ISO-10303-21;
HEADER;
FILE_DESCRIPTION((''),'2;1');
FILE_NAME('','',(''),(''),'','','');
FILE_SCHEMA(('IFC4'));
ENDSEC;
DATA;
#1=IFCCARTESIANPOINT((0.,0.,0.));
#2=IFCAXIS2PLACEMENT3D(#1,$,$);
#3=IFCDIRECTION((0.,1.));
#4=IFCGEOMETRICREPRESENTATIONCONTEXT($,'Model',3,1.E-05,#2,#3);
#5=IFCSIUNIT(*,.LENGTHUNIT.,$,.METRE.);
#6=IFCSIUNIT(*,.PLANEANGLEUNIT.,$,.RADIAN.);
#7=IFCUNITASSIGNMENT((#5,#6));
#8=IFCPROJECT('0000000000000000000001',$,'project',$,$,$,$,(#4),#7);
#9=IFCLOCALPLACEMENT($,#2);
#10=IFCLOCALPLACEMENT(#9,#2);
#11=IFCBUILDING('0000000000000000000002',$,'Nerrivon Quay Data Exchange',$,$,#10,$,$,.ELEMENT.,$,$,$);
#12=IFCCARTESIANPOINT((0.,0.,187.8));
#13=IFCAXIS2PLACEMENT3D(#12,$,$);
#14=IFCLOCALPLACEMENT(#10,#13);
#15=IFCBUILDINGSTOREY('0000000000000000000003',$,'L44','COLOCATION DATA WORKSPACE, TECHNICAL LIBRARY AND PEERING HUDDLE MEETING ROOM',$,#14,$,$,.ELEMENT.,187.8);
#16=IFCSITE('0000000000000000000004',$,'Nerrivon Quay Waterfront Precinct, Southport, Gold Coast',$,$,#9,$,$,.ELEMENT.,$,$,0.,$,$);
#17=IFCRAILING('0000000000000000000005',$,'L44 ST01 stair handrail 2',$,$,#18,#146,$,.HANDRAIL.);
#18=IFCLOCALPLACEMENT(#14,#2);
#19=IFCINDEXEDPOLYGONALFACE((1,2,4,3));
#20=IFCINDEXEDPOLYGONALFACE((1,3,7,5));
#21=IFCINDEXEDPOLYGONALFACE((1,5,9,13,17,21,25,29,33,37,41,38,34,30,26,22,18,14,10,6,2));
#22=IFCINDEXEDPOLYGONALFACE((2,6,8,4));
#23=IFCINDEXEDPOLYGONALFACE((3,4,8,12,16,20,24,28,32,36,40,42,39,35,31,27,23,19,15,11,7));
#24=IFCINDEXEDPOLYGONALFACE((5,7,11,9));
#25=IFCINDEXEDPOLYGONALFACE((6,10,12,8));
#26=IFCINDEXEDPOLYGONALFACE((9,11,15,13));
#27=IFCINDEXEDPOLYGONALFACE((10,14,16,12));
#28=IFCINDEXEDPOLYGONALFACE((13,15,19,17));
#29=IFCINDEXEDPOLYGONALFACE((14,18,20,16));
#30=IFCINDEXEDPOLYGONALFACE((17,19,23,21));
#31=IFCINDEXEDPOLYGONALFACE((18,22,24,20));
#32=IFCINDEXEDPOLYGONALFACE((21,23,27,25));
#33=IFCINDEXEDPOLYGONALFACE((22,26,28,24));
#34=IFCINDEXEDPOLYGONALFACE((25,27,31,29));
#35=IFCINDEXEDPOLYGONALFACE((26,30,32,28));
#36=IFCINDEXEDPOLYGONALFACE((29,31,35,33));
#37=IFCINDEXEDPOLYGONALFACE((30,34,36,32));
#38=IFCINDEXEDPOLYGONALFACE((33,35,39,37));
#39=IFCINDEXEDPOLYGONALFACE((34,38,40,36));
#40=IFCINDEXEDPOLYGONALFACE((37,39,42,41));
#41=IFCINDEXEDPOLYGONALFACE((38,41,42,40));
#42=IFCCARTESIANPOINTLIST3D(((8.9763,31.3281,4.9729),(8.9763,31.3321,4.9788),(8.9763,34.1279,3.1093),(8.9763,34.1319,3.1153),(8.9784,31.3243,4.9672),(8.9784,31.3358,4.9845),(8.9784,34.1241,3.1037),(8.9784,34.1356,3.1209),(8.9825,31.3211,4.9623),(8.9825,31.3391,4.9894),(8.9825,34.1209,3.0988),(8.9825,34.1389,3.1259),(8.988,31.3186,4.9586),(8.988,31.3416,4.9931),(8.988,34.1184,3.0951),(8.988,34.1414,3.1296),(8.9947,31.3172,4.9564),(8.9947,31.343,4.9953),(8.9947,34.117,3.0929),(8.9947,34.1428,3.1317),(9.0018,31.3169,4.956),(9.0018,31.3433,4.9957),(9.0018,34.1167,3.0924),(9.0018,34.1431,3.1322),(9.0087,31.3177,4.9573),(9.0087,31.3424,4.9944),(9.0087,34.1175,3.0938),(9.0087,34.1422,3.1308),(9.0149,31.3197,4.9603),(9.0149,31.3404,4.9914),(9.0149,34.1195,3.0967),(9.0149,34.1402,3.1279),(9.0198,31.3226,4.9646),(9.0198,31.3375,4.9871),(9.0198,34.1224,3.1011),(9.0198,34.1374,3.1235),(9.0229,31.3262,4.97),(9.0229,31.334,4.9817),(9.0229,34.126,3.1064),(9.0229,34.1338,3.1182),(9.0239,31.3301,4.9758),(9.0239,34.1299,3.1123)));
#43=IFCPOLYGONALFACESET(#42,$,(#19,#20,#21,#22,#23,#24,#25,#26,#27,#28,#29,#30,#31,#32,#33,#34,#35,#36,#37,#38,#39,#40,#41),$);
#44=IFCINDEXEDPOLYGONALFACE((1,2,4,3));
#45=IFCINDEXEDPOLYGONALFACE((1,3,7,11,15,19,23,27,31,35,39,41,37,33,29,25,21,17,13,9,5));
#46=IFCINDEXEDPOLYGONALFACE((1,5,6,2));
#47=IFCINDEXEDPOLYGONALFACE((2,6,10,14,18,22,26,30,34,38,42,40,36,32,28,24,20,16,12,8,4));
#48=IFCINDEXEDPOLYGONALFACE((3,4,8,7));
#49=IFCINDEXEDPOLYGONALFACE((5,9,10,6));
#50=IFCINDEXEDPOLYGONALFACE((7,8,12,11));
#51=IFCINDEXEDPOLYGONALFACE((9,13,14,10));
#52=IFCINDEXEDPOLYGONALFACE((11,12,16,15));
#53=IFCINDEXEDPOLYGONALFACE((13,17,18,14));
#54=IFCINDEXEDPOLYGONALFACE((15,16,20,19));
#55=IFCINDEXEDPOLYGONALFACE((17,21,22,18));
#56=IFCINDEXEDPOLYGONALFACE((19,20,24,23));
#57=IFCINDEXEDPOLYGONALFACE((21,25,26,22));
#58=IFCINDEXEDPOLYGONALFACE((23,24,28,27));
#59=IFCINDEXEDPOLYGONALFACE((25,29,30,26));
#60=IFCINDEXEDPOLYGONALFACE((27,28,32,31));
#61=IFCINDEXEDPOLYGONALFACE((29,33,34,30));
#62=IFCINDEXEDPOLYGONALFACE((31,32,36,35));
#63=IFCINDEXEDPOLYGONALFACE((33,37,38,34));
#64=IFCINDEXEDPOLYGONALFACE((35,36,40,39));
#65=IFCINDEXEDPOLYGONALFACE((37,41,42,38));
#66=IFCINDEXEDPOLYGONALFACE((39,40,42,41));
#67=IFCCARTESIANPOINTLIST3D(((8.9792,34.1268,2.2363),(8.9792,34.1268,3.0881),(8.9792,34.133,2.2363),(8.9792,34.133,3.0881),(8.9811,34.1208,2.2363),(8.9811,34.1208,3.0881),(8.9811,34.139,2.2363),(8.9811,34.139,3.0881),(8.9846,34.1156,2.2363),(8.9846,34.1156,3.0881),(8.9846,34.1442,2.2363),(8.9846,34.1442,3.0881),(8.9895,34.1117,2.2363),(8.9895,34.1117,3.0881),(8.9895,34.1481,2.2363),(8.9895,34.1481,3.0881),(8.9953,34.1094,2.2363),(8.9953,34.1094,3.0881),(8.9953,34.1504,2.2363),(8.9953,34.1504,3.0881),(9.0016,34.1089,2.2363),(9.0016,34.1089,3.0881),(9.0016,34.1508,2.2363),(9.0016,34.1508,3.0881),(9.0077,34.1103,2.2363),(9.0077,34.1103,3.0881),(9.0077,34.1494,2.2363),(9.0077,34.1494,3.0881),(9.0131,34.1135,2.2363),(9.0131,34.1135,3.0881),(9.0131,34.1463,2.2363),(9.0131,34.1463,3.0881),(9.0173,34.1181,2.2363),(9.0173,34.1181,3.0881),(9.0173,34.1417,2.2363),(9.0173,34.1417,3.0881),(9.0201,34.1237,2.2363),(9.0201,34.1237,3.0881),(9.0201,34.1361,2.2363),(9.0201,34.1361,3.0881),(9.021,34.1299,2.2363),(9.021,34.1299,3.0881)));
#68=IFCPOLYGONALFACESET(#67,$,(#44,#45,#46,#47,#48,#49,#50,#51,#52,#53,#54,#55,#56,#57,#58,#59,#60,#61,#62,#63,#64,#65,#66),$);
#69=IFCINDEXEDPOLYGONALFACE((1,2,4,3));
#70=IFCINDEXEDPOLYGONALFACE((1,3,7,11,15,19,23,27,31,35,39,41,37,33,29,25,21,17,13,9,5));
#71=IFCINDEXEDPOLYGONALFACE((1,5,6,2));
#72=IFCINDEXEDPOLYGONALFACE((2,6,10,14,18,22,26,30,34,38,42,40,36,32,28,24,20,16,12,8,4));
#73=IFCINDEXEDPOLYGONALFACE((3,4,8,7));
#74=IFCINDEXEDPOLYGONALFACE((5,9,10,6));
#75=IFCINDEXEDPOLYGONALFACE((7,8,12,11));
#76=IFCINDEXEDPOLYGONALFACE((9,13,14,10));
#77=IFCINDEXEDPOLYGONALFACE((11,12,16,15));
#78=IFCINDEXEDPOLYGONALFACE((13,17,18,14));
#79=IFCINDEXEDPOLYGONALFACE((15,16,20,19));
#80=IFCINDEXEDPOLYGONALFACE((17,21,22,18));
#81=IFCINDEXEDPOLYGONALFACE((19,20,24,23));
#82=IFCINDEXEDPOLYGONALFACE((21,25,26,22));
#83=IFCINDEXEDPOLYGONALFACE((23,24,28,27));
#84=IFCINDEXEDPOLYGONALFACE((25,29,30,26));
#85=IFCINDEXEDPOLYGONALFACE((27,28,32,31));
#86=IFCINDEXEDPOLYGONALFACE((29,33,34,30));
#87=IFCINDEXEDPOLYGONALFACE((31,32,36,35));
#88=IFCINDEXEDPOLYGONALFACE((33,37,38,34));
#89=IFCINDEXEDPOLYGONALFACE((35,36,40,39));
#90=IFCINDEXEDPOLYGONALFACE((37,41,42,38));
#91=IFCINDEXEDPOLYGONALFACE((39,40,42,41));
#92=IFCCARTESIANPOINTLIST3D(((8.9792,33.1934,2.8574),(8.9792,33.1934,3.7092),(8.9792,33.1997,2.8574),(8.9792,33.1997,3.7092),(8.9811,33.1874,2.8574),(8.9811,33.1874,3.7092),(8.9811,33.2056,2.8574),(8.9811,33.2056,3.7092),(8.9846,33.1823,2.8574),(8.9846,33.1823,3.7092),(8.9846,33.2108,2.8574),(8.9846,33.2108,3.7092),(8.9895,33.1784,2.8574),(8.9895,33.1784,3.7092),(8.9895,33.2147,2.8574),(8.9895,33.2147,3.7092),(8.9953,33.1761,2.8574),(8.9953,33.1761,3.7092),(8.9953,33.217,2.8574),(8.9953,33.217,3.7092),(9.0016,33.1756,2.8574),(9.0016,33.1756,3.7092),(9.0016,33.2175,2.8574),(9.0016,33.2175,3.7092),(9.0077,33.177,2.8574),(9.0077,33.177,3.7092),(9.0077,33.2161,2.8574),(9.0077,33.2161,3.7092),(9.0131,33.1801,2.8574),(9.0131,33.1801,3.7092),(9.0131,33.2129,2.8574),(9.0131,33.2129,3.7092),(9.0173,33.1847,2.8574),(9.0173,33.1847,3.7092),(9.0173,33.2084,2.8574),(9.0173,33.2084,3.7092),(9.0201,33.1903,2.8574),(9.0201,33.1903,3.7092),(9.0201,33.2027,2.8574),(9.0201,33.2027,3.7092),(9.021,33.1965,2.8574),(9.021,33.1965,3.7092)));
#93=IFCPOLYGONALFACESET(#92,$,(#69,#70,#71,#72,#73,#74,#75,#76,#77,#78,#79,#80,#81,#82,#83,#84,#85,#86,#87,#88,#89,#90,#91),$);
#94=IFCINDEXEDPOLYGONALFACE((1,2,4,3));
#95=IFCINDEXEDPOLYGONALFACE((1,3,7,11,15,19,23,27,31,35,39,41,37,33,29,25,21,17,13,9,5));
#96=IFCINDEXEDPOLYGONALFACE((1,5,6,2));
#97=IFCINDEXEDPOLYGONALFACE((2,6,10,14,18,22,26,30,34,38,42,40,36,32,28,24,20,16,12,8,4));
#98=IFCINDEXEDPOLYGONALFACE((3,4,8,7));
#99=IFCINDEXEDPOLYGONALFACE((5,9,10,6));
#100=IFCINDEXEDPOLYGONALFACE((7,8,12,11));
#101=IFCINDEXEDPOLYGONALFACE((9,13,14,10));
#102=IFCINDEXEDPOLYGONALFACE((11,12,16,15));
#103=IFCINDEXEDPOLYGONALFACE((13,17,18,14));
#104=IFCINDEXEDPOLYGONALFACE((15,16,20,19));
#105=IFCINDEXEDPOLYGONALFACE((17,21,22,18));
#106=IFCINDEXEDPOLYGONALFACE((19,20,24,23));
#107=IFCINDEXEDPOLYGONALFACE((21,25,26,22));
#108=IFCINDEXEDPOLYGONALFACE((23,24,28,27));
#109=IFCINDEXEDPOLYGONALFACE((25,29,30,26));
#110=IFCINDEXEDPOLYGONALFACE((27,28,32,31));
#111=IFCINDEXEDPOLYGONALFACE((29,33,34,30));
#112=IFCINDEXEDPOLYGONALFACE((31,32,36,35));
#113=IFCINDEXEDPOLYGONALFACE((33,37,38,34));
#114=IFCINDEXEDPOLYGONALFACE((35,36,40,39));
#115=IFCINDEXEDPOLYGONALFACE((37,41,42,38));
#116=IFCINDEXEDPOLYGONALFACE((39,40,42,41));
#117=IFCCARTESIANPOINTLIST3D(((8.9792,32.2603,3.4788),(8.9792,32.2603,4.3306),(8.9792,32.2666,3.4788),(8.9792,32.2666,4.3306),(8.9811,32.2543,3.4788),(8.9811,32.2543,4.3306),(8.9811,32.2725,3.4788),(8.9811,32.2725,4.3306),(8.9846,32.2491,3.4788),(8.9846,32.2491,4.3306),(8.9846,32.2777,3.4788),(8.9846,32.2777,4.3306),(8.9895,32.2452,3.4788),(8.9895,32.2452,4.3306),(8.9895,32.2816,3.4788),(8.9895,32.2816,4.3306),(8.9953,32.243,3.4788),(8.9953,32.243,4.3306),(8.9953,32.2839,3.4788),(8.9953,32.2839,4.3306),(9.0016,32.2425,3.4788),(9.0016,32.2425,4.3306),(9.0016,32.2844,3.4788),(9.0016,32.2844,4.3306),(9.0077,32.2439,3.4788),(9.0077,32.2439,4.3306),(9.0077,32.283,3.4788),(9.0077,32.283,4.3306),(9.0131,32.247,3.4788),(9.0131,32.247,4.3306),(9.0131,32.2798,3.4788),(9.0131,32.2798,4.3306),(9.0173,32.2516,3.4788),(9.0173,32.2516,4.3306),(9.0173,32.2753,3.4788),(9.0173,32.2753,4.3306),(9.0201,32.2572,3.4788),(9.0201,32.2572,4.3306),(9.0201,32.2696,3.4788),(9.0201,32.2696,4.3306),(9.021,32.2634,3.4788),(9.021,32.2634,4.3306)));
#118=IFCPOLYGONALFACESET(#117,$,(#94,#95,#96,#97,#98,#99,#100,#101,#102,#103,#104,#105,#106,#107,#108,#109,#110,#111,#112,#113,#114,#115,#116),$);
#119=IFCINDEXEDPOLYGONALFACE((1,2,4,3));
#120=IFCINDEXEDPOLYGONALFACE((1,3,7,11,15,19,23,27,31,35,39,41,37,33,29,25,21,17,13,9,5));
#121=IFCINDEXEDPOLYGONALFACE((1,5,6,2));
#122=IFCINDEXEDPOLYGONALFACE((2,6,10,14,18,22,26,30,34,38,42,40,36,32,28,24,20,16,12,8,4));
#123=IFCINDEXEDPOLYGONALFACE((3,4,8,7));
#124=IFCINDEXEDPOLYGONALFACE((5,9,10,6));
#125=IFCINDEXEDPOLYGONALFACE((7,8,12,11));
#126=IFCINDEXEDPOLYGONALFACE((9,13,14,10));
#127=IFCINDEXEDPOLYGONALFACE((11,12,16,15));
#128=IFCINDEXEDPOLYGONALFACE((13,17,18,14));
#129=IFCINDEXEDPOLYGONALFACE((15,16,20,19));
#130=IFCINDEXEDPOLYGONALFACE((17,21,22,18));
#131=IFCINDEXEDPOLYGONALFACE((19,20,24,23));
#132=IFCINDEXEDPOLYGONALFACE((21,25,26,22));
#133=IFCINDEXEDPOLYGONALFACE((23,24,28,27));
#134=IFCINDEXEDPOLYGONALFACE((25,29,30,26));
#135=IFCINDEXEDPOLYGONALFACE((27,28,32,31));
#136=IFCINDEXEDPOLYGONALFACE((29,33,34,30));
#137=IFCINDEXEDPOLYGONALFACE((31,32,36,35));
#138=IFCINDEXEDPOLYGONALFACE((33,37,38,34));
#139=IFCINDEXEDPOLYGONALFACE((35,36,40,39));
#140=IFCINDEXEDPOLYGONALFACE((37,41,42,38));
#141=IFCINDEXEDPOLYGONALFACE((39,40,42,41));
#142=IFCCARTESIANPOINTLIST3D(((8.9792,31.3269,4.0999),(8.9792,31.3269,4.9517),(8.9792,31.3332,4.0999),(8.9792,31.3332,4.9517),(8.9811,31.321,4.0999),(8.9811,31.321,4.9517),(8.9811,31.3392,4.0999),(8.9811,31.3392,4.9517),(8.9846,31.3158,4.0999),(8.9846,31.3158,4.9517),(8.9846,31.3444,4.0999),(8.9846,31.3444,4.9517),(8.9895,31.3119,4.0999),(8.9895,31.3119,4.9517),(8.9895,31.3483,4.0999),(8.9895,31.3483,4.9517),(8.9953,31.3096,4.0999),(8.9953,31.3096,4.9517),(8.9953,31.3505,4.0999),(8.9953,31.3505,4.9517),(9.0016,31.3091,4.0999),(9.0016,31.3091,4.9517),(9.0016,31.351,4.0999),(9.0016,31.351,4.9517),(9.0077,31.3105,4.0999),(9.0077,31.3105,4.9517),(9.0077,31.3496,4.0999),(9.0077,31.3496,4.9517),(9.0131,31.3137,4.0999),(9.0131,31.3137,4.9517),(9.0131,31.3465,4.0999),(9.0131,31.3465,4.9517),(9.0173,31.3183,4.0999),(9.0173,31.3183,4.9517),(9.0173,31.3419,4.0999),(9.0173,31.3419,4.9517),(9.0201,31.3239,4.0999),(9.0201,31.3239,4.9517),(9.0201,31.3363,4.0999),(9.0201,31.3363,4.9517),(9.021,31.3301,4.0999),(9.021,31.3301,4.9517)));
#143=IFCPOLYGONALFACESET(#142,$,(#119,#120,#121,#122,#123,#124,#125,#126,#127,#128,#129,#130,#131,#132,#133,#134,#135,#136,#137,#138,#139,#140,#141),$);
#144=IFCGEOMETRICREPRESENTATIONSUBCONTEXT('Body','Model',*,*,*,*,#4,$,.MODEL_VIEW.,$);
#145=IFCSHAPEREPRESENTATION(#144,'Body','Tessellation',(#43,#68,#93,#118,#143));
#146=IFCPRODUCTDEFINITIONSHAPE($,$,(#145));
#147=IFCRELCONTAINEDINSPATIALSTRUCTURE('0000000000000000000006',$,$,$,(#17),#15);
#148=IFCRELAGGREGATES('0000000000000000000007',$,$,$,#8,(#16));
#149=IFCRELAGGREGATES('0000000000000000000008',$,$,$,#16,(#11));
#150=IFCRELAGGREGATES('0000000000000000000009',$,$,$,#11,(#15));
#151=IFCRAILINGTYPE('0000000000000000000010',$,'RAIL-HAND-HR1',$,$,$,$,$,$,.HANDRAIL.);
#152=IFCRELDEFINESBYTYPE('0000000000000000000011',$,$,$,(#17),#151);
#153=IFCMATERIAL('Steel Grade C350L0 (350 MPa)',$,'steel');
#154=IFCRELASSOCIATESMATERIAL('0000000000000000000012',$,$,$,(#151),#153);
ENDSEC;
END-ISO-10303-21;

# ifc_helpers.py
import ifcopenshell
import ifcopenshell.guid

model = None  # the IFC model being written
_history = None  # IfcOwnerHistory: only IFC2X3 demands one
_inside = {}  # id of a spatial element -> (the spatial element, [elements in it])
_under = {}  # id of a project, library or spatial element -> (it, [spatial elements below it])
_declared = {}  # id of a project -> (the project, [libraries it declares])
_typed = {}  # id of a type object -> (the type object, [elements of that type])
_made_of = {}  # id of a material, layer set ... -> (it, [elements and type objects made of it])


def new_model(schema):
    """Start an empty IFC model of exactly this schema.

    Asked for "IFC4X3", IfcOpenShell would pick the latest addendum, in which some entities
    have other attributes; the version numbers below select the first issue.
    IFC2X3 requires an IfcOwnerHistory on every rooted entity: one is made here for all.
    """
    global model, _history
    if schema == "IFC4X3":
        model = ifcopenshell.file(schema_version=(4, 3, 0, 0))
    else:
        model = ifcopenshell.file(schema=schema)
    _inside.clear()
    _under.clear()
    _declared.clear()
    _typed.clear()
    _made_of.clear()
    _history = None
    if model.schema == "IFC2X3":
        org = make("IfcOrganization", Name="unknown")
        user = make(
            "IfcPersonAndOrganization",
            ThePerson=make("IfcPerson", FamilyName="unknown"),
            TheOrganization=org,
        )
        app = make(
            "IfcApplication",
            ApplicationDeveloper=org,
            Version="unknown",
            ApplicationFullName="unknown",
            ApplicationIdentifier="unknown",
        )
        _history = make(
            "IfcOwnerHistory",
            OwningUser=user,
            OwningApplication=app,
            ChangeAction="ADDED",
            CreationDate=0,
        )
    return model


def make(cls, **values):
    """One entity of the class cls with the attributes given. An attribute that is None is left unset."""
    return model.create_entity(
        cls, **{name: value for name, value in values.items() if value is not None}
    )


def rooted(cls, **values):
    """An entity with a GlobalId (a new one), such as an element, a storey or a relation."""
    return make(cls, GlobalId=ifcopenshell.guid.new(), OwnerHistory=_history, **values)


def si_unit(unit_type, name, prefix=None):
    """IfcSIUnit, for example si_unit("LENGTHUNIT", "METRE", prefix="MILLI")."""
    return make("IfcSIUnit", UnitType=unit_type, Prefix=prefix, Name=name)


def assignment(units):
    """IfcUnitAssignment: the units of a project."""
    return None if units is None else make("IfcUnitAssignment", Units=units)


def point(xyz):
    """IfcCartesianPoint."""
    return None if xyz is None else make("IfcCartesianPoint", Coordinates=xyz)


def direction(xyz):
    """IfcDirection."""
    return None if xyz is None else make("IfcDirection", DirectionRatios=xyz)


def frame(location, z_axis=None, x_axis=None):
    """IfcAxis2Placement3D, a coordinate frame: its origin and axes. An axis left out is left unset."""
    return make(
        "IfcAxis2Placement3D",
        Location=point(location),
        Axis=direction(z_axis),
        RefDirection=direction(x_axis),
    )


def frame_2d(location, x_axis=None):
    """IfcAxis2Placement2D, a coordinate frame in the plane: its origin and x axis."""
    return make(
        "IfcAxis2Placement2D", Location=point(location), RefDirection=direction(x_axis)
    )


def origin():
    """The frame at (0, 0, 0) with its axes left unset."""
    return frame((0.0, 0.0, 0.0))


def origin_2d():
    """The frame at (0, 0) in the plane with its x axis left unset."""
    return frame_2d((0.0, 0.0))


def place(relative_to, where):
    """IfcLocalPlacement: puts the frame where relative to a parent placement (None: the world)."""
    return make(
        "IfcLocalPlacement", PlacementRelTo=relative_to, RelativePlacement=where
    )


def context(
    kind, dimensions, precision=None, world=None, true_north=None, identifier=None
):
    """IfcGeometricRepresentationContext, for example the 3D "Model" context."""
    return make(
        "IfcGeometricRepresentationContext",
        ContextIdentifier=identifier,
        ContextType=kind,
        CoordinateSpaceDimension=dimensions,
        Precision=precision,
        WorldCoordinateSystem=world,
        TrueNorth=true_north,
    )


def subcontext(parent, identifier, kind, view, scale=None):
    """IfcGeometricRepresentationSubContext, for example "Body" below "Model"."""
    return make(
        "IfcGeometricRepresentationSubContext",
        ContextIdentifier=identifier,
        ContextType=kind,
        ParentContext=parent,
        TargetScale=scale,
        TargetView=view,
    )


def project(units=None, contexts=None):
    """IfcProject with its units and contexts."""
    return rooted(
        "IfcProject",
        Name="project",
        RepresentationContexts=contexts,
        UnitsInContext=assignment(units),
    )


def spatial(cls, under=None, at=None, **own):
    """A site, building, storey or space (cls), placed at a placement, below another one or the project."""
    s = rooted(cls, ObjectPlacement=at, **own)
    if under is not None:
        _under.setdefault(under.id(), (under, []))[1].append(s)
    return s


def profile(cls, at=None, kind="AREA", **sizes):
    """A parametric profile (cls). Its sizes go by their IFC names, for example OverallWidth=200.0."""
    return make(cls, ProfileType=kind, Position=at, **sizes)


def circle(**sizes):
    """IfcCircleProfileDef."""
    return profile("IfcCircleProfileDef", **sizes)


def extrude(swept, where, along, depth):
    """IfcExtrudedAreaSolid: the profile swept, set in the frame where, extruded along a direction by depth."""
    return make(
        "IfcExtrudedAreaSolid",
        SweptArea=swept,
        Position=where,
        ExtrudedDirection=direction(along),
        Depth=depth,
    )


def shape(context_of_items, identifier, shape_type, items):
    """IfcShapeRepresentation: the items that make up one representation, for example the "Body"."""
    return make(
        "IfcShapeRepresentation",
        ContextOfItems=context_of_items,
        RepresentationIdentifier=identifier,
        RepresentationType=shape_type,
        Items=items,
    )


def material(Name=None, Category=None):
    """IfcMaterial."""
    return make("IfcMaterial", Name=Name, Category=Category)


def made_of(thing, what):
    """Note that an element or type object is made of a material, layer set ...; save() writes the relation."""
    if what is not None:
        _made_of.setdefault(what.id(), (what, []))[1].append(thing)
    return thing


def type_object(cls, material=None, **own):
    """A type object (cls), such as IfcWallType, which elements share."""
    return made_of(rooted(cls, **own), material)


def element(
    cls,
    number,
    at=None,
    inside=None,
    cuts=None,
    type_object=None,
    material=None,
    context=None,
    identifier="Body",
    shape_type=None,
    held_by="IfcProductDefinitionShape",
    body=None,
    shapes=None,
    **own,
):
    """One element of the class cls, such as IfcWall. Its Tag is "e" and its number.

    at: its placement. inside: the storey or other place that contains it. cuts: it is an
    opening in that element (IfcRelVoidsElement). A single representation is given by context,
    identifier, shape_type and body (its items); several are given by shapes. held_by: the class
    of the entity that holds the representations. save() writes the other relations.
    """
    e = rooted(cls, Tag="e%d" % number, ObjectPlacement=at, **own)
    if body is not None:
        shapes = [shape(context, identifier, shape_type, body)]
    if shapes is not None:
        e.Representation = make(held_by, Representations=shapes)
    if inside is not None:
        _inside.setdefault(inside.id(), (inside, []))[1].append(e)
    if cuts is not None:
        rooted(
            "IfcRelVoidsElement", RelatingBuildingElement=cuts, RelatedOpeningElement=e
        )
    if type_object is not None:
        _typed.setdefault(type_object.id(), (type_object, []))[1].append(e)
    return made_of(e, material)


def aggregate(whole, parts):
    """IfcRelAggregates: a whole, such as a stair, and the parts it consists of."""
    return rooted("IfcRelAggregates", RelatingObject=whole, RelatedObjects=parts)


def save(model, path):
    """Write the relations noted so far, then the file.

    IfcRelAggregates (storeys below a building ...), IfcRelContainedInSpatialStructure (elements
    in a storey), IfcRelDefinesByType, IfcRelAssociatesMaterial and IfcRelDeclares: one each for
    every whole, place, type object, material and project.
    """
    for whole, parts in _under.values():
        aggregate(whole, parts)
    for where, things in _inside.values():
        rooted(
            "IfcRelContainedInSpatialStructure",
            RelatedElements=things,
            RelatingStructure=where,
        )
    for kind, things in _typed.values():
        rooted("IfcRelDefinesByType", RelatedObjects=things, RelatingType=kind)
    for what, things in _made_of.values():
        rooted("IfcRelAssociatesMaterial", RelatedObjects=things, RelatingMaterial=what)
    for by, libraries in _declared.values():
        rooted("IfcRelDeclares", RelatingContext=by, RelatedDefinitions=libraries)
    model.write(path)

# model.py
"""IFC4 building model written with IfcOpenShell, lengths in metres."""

from ifc_helpers import new_model, si_unit, direction, frame, origin, origin_2d, place, context, subcontext, project, spatial, circle, extrude, material, type_object, element, save


model = new_model("IFC4")

# Units and contexts
model_context = context("Model", 3, precision=1e-05, world=origin(), true_north=direction((0.0, 1.0)))
body_context = subcontext(model_context, "Body", "Model", "MODEL_VIEW")
ifc_project = project(units=[si_unit("LENGTHUNIT", "METRE"), si_unit("PLANEANGLEUNIT", "RADIAN")], contexts=[model_context])

# Site, building, storey
site_placement = place(None, origin())
site = spatial("IfcSite", under=ifc_project, at=site_placement, Name="Nerrivon Quay Waterfront Precinct, Southport, Gold Coast", CompositionType="ELEMENT", RefElevation=0.0)
building_placement = place(site_placement, origin())
building = spatial("IfcBuilding", under=site, at=building_placement, Name="Nerrivon Quay Data Exchange", CompositionType="ELEMENT")
storey_placement = place(building_placement, frame((0.0, 0.0, 187.8)))
storey = spatial("IfcBuildingStorey", under=building, at=storey_placement, Name="L44", Description="COLOCATION DATA WORKSPACE, TECHNICAL LIBRARY AND PEERING HUDDLE MEETING ROOM", CompositionType="ELEMENT", Elevation=187.8)

# Railing
ifc_material_1 = material(Name="Steel Grade C350L0 (350 MPa)", Category="steel")
railing_type_1 = type_object("IfcRailingType", Name="RAIL-HAND-HR1", PredefinedType="HANDRAIL", material=ifc_material_1)
railing_1_placement = place(storey_placement, frame((9.0, 34.1299, 2.2363)))
element("IfcRailing", 1, at=railing_1_placement, inside=storey, type_object=railing_type_1, Name="L44 ST01 stair handrail 2", PredefinedType="HANDRAIL", context=body_context, shape_type="SweptSolid", body=[
    extrude(circle(Radius=0.0239, at=origin_2d()), frame((0.0, 0.0, 0.876), z_axis=(0.0, -0.832463, 0.55408), x_axis=(1.0, 0.0, 0.0)), (0.0, 0.0, 1.0), 3.3633),
    extrude(circle(Radius=0.021, at=origin_2d()), origin(), (0.0, 0.0, 1.0), 0.8518),
    extrude(circle(Radius=0.021, at=origin_2d()), frame((0.0, -0.9333, 0.6211)), (0.0, 0.0, 1.0), 0.8518),
    extrude(circle(Radius=0.021, at=origin_2d()), frame((0.0, -1.8665, 1.2424)), (0.0, 0.0, 1.0), 0.8518),
    extrude(circle(Radius=0.021, at=origin_2d()), frame((0.0, -2.7998, 1.8635)), (0.0, 0.0, 1.0), 0.8518),
])

save(model, "model.ifc")
